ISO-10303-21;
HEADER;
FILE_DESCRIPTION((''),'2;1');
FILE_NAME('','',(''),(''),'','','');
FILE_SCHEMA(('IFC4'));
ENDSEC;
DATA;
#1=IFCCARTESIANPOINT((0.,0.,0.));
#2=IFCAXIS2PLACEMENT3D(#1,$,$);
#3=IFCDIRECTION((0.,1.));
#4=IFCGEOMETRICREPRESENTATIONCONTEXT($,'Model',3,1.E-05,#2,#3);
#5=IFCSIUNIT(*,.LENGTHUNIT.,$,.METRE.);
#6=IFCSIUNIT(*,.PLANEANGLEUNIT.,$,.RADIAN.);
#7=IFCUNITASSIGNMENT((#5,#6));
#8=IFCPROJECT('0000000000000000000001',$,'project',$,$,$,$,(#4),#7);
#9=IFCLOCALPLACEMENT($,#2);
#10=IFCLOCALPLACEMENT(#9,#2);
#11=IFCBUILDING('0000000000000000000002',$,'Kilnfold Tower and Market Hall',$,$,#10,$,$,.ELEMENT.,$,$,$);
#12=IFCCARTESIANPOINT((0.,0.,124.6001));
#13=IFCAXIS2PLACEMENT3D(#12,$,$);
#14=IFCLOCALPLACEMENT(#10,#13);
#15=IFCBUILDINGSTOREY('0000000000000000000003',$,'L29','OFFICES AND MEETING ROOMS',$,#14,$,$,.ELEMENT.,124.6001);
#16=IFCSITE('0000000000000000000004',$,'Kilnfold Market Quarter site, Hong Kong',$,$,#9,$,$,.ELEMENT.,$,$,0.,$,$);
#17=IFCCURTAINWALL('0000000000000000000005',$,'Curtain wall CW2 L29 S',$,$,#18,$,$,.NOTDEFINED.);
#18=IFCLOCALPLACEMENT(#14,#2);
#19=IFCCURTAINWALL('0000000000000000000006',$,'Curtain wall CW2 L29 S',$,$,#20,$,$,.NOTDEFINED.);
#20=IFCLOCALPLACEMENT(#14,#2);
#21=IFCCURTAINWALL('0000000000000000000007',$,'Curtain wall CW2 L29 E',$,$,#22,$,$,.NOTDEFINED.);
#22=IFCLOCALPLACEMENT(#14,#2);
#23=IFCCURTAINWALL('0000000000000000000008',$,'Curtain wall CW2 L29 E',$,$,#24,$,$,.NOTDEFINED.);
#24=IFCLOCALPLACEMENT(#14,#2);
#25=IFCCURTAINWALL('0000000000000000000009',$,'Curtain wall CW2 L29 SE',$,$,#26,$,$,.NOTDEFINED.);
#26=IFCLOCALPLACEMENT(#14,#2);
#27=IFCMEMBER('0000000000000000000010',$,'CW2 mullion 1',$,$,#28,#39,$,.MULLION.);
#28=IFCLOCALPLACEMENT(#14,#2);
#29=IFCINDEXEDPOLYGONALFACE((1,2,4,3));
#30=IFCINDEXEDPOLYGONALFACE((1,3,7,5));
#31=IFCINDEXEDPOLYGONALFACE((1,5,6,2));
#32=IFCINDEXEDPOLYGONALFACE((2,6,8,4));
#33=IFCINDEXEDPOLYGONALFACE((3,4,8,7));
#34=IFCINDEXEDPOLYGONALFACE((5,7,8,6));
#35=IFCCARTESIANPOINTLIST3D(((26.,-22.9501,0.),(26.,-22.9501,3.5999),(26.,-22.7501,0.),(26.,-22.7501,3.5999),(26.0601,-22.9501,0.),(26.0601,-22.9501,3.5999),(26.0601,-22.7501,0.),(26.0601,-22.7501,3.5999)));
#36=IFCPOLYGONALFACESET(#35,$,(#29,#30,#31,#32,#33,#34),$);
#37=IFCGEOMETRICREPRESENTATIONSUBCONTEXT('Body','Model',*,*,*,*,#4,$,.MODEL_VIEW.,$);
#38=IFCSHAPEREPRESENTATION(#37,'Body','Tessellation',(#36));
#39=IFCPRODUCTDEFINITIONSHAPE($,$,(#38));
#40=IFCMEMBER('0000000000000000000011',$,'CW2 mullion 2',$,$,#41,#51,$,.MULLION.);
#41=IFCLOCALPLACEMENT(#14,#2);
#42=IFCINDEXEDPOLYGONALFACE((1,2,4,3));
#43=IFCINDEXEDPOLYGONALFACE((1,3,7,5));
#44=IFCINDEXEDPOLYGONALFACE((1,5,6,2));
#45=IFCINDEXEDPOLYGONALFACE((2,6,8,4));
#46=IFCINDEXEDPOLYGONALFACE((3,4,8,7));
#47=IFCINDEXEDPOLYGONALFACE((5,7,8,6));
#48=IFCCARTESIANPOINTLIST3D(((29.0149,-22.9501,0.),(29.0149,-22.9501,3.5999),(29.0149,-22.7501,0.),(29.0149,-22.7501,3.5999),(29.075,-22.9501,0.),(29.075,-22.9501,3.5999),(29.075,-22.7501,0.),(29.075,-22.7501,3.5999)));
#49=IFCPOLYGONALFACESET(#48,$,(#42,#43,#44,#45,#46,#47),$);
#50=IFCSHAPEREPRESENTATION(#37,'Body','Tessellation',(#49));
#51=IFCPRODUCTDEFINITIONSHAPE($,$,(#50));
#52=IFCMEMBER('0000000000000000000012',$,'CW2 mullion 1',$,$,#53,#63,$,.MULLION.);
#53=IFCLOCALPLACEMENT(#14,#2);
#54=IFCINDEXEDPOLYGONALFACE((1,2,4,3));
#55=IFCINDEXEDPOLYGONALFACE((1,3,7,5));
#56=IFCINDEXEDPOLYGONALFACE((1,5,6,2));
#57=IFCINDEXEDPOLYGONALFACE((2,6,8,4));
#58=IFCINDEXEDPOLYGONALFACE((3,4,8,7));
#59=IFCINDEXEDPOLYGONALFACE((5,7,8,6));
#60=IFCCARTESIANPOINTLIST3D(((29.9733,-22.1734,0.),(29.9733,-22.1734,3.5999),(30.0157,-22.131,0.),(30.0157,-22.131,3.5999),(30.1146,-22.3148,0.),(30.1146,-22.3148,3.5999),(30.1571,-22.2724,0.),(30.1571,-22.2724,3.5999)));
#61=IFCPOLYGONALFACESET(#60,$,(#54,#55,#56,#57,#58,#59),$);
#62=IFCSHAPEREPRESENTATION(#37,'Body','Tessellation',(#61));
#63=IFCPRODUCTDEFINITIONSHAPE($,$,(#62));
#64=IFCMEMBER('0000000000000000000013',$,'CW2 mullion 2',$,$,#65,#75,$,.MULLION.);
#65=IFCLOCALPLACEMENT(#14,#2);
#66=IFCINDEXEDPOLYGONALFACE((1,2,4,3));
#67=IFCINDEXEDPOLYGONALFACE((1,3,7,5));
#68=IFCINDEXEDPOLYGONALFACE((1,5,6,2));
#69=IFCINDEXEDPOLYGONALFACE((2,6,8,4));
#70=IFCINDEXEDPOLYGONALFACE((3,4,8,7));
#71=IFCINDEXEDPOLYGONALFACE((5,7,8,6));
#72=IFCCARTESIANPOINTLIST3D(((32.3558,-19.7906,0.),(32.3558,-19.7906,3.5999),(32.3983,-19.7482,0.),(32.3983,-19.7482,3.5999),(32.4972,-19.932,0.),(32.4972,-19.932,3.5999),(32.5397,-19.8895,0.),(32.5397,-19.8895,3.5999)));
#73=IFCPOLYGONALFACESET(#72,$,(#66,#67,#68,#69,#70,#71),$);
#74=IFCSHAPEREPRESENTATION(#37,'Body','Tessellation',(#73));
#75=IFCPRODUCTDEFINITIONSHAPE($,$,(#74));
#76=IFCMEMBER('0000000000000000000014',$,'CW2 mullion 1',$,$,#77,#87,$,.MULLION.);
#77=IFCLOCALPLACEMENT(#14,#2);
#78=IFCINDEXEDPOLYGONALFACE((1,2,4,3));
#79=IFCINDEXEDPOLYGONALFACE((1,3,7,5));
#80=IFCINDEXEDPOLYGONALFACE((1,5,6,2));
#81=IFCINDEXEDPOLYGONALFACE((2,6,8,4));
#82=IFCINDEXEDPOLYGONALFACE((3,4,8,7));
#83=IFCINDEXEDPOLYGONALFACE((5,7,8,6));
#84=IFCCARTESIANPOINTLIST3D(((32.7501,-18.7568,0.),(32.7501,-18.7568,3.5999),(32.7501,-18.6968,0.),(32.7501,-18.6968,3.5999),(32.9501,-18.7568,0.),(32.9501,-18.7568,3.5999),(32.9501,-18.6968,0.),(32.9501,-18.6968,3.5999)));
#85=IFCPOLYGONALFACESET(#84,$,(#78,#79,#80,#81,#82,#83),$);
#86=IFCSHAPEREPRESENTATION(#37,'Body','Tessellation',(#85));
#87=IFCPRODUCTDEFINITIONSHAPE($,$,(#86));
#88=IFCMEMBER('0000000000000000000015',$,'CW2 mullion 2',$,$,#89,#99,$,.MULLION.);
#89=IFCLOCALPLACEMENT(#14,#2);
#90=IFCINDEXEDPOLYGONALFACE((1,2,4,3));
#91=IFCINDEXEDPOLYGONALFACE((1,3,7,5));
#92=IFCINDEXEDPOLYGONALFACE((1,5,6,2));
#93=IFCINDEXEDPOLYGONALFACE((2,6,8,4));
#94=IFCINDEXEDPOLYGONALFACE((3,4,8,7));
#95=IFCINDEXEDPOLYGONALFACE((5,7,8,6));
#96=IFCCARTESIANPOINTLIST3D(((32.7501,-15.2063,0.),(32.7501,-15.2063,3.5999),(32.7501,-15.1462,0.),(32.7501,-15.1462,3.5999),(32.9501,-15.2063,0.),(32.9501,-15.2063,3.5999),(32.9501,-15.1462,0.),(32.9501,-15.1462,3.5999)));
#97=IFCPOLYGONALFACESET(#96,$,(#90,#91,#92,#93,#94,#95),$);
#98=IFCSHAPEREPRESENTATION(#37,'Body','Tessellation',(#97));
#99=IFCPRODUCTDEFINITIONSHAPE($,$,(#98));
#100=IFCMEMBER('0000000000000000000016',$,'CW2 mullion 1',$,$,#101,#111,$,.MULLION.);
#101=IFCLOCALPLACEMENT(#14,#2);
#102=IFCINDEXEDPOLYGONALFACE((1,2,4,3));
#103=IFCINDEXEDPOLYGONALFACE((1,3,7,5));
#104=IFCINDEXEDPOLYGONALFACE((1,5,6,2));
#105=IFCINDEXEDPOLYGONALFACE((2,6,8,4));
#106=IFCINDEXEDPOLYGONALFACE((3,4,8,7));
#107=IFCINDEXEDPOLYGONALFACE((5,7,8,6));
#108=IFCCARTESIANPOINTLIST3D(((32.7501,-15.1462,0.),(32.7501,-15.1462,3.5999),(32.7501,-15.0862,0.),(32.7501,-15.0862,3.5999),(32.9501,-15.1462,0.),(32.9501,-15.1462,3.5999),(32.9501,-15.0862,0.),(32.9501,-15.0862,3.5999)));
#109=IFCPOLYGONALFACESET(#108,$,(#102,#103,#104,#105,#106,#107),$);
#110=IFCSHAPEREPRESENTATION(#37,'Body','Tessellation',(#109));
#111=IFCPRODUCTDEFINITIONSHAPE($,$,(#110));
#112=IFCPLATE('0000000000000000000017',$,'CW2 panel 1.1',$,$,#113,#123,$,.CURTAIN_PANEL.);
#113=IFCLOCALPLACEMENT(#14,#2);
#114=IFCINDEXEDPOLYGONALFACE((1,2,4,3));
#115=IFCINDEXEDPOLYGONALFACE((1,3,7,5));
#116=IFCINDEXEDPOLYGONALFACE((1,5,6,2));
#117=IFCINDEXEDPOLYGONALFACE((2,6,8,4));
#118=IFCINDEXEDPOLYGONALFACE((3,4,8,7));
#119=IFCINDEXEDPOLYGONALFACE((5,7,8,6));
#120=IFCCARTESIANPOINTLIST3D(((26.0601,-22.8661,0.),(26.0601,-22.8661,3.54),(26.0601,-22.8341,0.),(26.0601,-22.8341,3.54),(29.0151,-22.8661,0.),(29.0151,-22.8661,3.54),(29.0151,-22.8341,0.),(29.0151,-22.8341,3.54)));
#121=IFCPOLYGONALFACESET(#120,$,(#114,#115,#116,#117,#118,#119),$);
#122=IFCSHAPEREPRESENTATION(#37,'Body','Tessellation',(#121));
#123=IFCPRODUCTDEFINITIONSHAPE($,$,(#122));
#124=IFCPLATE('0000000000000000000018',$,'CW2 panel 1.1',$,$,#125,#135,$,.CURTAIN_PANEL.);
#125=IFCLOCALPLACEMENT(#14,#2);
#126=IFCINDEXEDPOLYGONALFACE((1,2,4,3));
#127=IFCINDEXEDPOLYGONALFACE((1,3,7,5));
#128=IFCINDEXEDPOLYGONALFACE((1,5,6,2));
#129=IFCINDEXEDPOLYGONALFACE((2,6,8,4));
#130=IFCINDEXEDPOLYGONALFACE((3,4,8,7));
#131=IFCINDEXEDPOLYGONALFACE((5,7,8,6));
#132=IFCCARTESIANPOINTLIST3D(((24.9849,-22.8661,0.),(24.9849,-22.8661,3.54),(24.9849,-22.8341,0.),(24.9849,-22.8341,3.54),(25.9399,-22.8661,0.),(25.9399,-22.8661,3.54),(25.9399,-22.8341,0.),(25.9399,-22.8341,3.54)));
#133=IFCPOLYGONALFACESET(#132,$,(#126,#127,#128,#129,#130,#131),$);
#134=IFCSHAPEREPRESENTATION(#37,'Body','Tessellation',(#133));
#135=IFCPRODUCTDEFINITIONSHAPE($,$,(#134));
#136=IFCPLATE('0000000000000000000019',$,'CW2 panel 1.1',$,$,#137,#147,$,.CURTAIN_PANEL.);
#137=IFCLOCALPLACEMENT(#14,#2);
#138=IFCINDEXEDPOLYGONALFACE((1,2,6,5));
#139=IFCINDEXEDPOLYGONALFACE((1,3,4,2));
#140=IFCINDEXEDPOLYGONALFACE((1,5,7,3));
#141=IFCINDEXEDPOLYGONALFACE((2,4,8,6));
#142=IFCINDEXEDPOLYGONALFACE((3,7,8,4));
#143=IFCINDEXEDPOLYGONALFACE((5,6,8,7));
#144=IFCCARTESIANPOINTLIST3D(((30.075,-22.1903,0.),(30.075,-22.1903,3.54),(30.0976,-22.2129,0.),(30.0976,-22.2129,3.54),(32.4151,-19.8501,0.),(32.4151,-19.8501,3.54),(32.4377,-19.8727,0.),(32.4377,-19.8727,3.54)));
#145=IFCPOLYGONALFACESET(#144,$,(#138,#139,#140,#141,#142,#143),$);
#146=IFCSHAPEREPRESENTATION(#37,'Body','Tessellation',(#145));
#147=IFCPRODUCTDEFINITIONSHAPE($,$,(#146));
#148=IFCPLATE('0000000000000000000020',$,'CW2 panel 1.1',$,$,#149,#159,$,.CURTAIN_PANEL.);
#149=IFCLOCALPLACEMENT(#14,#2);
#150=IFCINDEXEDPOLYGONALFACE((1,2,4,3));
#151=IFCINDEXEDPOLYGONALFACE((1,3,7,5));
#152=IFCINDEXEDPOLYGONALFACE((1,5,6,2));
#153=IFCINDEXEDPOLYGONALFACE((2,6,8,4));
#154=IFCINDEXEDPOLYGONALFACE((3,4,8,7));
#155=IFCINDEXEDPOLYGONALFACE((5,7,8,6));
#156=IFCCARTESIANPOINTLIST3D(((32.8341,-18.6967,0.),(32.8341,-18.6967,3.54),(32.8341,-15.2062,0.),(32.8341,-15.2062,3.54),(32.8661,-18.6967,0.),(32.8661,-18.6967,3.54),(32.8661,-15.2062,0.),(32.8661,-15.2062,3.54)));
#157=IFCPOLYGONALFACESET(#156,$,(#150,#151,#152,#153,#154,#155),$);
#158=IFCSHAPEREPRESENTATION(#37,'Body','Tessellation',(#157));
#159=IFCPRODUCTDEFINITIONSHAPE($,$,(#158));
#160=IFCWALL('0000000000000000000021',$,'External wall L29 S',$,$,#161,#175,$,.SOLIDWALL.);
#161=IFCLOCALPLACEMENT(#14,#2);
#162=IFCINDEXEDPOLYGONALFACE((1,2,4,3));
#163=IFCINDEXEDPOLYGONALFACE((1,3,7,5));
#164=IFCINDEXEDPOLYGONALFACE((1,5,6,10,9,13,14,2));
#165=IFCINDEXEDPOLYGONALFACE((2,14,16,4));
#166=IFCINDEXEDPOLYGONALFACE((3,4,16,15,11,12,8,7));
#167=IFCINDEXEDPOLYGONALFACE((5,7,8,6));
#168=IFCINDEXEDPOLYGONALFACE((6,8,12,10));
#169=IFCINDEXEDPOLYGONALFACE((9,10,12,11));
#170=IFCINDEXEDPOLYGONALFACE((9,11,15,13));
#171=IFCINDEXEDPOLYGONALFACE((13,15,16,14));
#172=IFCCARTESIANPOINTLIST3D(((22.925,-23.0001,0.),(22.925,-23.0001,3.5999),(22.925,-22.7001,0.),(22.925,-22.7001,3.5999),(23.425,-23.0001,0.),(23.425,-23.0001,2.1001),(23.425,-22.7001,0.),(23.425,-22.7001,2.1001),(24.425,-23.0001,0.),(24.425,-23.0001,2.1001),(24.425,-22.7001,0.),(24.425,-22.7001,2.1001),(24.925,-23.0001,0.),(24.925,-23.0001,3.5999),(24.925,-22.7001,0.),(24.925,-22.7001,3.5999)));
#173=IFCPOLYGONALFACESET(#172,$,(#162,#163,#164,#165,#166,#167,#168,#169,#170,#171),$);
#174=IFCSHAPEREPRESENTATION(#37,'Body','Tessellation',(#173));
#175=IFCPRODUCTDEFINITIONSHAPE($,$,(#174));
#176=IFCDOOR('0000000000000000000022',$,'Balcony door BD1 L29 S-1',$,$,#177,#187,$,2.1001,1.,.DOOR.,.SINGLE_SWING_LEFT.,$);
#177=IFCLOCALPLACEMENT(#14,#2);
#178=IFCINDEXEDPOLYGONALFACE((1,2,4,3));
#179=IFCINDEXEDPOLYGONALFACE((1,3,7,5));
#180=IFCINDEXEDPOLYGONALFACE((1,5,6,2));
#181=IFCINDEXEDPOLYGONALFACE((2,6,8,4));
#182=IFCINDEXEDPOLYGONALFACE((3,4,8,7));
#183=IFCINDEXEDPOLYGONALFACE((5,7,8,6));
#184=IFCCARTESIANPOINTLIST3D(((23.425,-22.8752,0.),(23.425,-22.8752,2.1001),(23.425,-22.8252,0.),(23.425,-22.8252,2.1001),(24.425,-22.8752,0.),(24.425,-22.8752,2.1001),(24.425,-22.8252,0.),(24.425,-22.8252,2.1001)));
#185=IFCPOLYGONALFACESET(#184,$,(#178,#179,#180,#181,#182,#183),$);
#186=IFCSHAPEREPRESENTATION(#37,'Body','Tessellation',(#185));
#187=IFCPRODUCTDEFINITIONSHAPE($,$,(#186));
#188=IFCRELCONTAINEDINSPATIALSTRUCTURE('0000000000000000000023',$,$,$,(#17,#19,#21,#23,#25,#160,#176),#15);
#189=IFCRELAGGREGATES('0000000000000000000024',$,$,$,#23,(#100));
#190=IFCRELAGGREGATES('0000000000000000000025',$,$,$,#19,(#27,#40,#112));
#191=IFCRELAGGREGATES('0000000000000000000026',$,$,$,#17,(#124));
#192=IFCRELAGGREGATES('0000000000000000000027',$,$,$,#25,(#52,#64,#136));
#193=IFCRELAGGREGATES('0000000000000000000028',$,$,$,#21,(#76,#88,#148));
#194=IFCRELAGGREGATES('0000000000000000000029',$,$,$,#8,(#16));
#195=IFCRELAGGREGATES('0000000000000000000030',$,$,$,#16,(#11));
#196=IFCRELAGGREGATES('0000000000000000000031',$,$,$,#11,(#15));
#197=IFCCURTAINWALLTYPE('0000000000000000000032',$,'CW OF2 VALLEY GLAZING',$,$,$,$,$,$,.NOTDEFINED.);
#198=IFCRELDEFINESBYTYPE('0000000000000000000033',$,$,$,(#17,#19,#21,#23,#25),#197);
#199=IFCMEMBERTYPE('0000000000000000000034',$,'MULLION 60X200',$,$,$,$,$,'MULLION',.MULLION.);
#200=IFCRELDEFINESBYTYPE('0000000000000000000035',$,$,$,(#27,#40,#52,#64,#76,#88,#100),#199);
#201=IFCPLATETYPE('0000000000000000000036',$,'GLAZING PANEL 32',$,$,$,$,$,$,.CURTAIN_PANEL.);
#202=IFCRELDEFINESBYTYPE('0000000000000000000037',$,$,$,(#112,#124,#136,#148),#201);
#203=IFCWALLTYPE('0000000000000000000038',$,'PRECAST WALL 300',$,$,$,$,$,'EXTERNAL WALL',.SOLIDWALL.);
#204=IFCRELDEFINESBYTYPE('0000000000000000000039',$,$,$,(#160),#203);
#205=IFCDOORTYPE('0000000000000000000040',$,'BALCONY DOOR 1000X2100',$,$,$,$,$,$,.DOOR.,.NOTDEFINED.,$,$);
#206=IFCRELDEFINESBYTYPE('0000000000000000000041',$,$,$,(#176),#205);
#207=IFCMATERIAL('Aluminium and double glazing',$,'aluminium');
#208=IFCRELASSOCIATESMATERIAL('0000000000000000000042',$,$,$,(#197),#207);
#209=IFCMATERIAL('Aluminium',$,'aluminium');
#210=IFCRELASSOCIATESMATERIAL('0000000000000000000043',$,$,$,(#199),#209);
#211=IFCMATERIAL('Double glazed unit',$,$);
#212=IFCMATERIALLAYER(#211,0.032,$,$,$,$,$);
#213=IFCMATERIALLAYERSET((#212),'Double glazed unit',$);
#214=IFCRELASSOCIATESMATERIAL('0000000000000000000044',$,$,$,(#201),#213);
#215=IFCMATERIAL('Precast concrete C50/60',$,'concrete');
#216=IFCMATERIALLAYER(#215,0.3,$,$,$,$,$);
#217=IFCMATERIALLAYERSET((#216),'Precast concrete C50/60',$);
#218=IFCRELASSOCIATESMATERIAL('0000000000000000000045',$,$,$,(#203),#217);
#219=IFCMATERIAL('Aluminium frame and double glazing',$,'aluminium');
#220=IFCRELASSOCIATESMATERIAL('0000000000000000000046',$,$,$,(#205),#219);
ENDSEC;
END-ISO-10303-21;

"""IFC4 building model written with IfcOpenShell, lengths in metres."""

from ifc_helpers import new_model, si_unit, direction, frame, frame_2d, origin, origin_2d, place, context, subcontext, project, spatial, rectangle, extrude, source, transform, mapped, material, layer, layer_set, material_profile, profile_set, type_object, element, fill, aggregate, save


model = new_model("IFC4")

# Units and contexts
model_context = context("Model", 3, precision=1e-05, world=origin(), true_north=direction((0.0, 1.0)))
body_context = subcontext(model_context, "Body", "Model", "MODEL_VIEW")
ifc_project = project(units=[si_unit("LENGTHUNIT", "METRE"), si_unit("PLANEANGLEUNIT", "RADIAN")], contexts=[model_context])

# Site, building, storey
site_placement = place(None, origin())
site = spatial("IfcSite", under=ifc_project, at=site_placement, Name="Kilnfold Market Quarter site, Hong Kong", CompositionType="ELEMENT", RefElevation=0.0)
building_placement = place(site_placement, origin())
building = spatial("IfcBuilding", under=site, at=building_placement, Name="Kilnfold Tower and Market Hall", CompositionType="ELEMENT")
storey_placement = place(building_placement, frame((0.0, 0.0, 124.6001)))
storey = spatial("IfcBuildingStorey", under=building, at=storey_placement, Name="L29", Description="OFFICES AND MEETING ROOMS", CompositionType="ELEMENT", Elevation=124.6001)

# Curtain walls
ifc_material_1 = material(Name="Aluminium and double glazing", Category="aluminium")
curtain_wall_type = type_object("IfcCurtainWallType", Name="CW OF2 VALLEY GLAZING", PredefinedType="NOTDEFINED", material=ifc_material_1)
curtain_wall_1_placement = place(storey_placement, origin())
curtain_wall_1 = element("IfcCurtainWall", 1, at=curtain_wall_1_placement, inside=storey, type_object=curtain_wall_type, Name="Curtain wall CW2 L29 S", PredefinedType="NOTDEFINED")
curtain_wall_2_placement = place(storey_placement, origin())
curtain_wall_2 = element("IfcCurtainWall", 2, at=curtain_wall_2_placement, inside=storey, type_object=curtain_wall_type, Name="Curtain wall CW2 L29 S", PredefinedType="NOTDEFINED")
curtain_wall_3_placement = place(storey_placement, origin())
curtain_wall_3 = element("IfcCurtainWall", 3, at=curtain_wall_3_placement, inside=storey, type_object=curtain_wall_type, Name="Curtain wall CW2 L29 E", PredefinedType="NOTDEFINED")
curtain_wall_4_placement = place(storey_placement, origin())
curtain_wall_4 = element("IfcCurtainWall", 4, at=curtain_wall_4_placement, inside=storey, type_object=curtain_wall_type, Name="Curtain wall CW2 L29 E", PredefinedType="NOTDEFINED")
curtain_wall_5_placement = place(storey_placement, origin())
curtain_wall_5 = element("IfcCurtainWall", 5, at=curtain_wall_5_placement, inside=storey, type_object=curtain_wall_type, Name="Curtain wall CW2 L29 SE", PredefinedType="NOTDEFINED")

# Members
ifc_material_2 = material(Name="Aluminium", Category="aluminium")
ifc_material_profile_1 = material_profile(ifc_material_2, rectangle(XDim=0.0601, YDim=0.2, at=origin_2d()), Name="MULLION 60x200")
ifc_profile_set_1 = profile_set([ifc_material_profile_1], Name="Aluminium")
member_type_1 = type_object("IfcMemberType", Name="MULLION 60X200", ElementType="MULLION", PredefinedType="MULLION", material=ifc_profile_set_1)
shared_shape_1 = source(origin(), body_context, "Body", "SweptSolid", [
    extrude(rectangle(XDim=0.0601, YDim=0.2, at=origin_2d()), origin(), (0.0, 0.0, 1.0), 3.5999),
])
member_1_placement = place(storey_placement, frame((26.03, -22.8501, 0.0), z_axis=(0.0, 0.0, 1.0), x_axis=(1.0, 0.0, 0.0)))
member_1 = element("IfcMember", 6, at=member_1_placement, type_object=member_type_1, Name="CW2 mullion 1", PredefinedType="MULLION", context=body_context, shape_type="MappedRepresentation", body=[
    mapped(shared_shape_1, transform((0.0, 0.0, 0.0))),
])
member_2_placement = place(storey_placement, frame((29.0449, -22.8501, 0.0), z_axis=(0.0, 0.0, 1.0), x_axis=(1.0, 0.0, 0.0)))
member_2 = element("IfcMember", 7, at=member_2_placement, type_object=member_type_1, Name="CW2 mullion 2", PredefinedType="MULLION", context=body_context, shape_type="MappedRepresentation", body=[
    mapped(shared_shape_1, transform((0.0, 0.0, 0.0))),
])
member_3_placement = place(storey_placement, frame((30.0652, -22.2229, 0.0), z_axis=(0.0, 0.0, 1.0), x_axis=(0.707092, 0.707121, 0.0)))
member_3 = element("IfcMember", 8, at=member_3_placement, type_object=member_type_1, Name="CW2 mullion 1", PredefinedType="MULLION", context=body_context, shape_type="MappedRepresentation", body=[
    mapped(shared_shape_1, transform((0.0, 0.0, 0.0))),
])
member_4_placement = place(storey_placement, frame((32.4478, -19.8401, 0.0), z_axis=(0.0, 0.0, 1.0), x_axis=(0.707092, 0.707121, 0.0)))
member_4 = element("IfcMember", 9, at=member_4_placement, type_object=member_type_1, Name="CW2 mullion 2", PredefinedType="MULLION", context=body_context, shape_type="MappedRepresentation", body=[
    mapped(shared_shape_1, transform((0.0, 0.0, 0.0))),
])
member_5_placement = place(storey_placement, frame((32.8501, -18.7268, 0.0), z_axis=(0.0, 0.0, 1.0), x_axis=(0.0, 1.0, 0.0)))
member_5 = element("IfcMember", 10, at=member_5_placement, type_object=member_type_1, Name="CW2 mullion 1", PredefinedType="MULLION", context=body_context, shape_type="MappedRepresentation", body=[
    mapped(shared_shape_1, transform((0.0, 0.0, 0.0))),
])
member_6_placement = place(storey_placement, frame((32.8501, -15.1763, 0.0), z_axis=(0.0, 0.0, 1.0), x_axis=(0.0, 1.0, 0.0)))
member_6 = element("IfcMember", 11, at=member_6_placement, type_object=member_type_1, Name="CW2 mullion 2", PredefinedType="MULLION", context=body_context, shape_type="MappedRepresentation", body=[
    mapped(shared_shape_1, transform((0.0, 0.0, 0.0))),
])
member_7_placement = place(storey_placement, frame((32.8501, -15.1162, 0.0), z_axis=(0.0, 0.0, 1.0), x_axis=(0.0, 1.0, 0.0)))
member_7 = element("IfcMember", 12, at=member_7_placement, type_object=member_type_1, Name="CW2 mullion 1", PredefinedType="MULLION", context=body_context, shape_type="MappedRepresentation", body=[
    mapped(shared_shape_1, transform((0.0, 0.0, 0.0))),
])
aggregate(curtain_wall_4, [member_7])

# Plates
ifc_material_3 = material(Name="Double glazed unit")
ifc_layer_1 = layer(ifc_material_3, 0.032)
ifc_layer_set_1 = layer_set([ifc_layer_1], Name="Double glazed unit")
plate_type = type_object("IfcPlateType", Name="GLAZING PANEL 32", PredefinedType="CURTAIN_PANEL", material=ifc_layer_set_1)
shared_shape_2 = source(origin(), body_context, "Body", "SweptSolid", [
    extrude(rectangle(XDim=2.9551, YDim=0.032, at=origin_2d()), origin(), (0.0, 0.0, 1.0), 3.54),
])
plate_1_placement = place(storey_placement, frame((27.5376, -22.8501, 0.0), z_axis=(0.0, 0.0, 1.0), x_axis=(1.0, 0.0, 0.0)))
plate_1 = element("IfcPlate", 13, at=plate_1_placement, type_object=plate_type, Name="CW2 panel 1.1", PredefinedType="CURTAIN_PANEL", context=body_context, shape_type="MappedRepresentation", body=[
    mapped(shared_shape_2, transform((0.0, 0.0, 0.0))),
])
aggregate(curtain_wall_2, [member_1, member_2, plate_1])
shared_shape_3 = source(origin(), body_context, "Body", "SweptSolid", [
    extrude(rectangle(XDim=0.9551, YDim=0.032, at=origin_2d()), origin(), (0.0, 0.0, 1.0), 3.54),
])
plate_2_placement = place(storey_placement, frame((25.4624, -22.8501, 0.0), z_axis=(0.0, 0.0, 1.0), x_axis=(1.0, 0.0, 0.0)))
plate_2 = element("IfcPlate", 14, at=plate_2_placement, type_object=plate_type, Name="CW2 panel 1.1", PredefinedType="CURTAIN_PANEL", context=body_context, shape_type="MappedRepresentation", body=[
    mapped(shared_shape_3, transform((0.0, 0.0, 0.0))),
])
aggregate(curtain_wall_1, [plate_2])
shared_shape_4 = source(origin(), body_context, "Body", "SweptSolid", [
    extrude(rectangle(XDim=3.3096, YDim=0.032, at=origin_2d()), origin(), (0.0, 0.0, 1.0), 3.54),
])
plate_3_placement = place(storey_placement, frame((31.2563, -21.0315, 0.0), z_axis=(0.0, 0.0, 1.0), x_axis=(0.707092, 0.707121, 0.0)))
plate_3 = element("IfcPlate", 15, at=plate_3_placement, type_object=plate_type, Name="CW2 panel 1.1", PredefinedType="CURTAIN_PANEL", context=body_context, shape_type="MappedRepresentation", body=[
    mapped(shared_shape_4, transform((0.0, 0.0, 0.0))),
])
aggregate(curtain_wall_5, [member_3, member_4, plate_3])
shared_shape_5 = source(origin(), body_context, "Body", "SweptSolid", [
    extrude(rectangle(XDim=3.4905, YDim=0.032, at=origin_2d()), origin(), (0.0, 0.0, 1.0), 3.54),
])
plate_4_placement = place(storey_placement, frame((32.8501, -16.9514, 0.0), z_axis=(0.0, 0.0, 1.0), x_axis=(0.0, 1.0, 0.0)))
plate_4 = element("IfcPlate", 16, at=plate_4_placement, type_object=plate_type, Name="CW2 panel 1.1", PredefinedType="CURTAIN_PANEL", context=body_context, shape_type="MappedRepresentation", body=[
    mapped(shared_shape_5, transform((0.0, 0.0, 0.0))),
])
aggregate(curtain_wall_3, [member_5, member_6, plate_4])

# Wall, opening, door
ifc_material_4 = material(Name="Precast concrete C50/60", Category="concrete")
ifc_layer_2 = layer(ifc_material_4, 0.3)
ifc_layer_set_2 = layer_set([ifc_layer_2], Name="Precast concrete C50/60")
wall_type = type_object("IfcWallType", Name="PRECAST WALL 300", ElementType="EXTERNAL WALL", PredefinedType="SOLIDWALL", material=ifc_layer_set_2)
shared_shape_6 = source(origin(), body_context, "Body", "SweptSolid", [
    extrude(rectangle(XDim=2.0, YDim=0.3, at=frame_2d((1.0, 0.0))), origin(), (0.0, 0.0, 1.0), 3.5999),
])
wall_placement = place(storey_placement, frame((22.925, -22.8501, 0.0), z_axis=(0.0, 0.0, 1.0), x_axis=(1.0, 0.0, 0.0)))
wall = element("IfcWall", 17, at=wall_placement, inside=storey, type_object=wall_type, Name="External wall L29 S", PredefinedType="SOLIDWALL", context=body_context, shape_type="MappedRepresentation", body=[
    mapped(shared_shape_6, transform((0.0, 0.0, 0.0))),
])
opening_placement = place(wall_placement, frame((0.5, 0.0, 0.0)))
opening = element("IfcOpeningElement", 18, at=opening_placement, cuts=wall, PredefinedType="OPENING", context=body_context, shape_type="SweptSolid", body=[
    extrude(rectangle(XDim=1.0, YDim=2.1001, at=frame_2d((0.5, 1.05))), frame((0.0, 0.1602, 0.0), z_axis=(0.0, -1.0, 0.0), x_axis=(1.0, 0.0, 0.0)), (0.0, 0.0, 1.0), 0.3201),
])
ifc_material_5 = material(Name="Aluminium frame and double glazing", Category="aluminium")
door_type = type_object("IfcDoorType", Name="BALCONY DOOR 1000X2100", OperationType="NOTDEFINED", PredefinedType="DOOR", material=ifc_material_5)
door_placement = place(opening_placement, origin())
door = element("IfcDoor", 19, at=door_placement, inside=storey, type_object=door_type, Name="Balcony door BD1 L29 S-1", OperationType="SINGLE_SWING_LEFT", OverallHeight=2.1001, OverallWidth=1.0, PredefinedType="DOOR", context=body_context, shape_type="SweptSolid", body=[
    extrude(rectangle(XDim=1.0, YDim=2.1001, at=frame_2d((0.5, 1.05))), frame((0.0, 0.0249, 0.0), z_axis=(0.0, -1.0, 0.0), x_axis=(1.0, 0.0, 0.0)), (0.0, 0.0, 1.0), 0.05),
])
fill(opening, door)

save(model, "model.ifc")
